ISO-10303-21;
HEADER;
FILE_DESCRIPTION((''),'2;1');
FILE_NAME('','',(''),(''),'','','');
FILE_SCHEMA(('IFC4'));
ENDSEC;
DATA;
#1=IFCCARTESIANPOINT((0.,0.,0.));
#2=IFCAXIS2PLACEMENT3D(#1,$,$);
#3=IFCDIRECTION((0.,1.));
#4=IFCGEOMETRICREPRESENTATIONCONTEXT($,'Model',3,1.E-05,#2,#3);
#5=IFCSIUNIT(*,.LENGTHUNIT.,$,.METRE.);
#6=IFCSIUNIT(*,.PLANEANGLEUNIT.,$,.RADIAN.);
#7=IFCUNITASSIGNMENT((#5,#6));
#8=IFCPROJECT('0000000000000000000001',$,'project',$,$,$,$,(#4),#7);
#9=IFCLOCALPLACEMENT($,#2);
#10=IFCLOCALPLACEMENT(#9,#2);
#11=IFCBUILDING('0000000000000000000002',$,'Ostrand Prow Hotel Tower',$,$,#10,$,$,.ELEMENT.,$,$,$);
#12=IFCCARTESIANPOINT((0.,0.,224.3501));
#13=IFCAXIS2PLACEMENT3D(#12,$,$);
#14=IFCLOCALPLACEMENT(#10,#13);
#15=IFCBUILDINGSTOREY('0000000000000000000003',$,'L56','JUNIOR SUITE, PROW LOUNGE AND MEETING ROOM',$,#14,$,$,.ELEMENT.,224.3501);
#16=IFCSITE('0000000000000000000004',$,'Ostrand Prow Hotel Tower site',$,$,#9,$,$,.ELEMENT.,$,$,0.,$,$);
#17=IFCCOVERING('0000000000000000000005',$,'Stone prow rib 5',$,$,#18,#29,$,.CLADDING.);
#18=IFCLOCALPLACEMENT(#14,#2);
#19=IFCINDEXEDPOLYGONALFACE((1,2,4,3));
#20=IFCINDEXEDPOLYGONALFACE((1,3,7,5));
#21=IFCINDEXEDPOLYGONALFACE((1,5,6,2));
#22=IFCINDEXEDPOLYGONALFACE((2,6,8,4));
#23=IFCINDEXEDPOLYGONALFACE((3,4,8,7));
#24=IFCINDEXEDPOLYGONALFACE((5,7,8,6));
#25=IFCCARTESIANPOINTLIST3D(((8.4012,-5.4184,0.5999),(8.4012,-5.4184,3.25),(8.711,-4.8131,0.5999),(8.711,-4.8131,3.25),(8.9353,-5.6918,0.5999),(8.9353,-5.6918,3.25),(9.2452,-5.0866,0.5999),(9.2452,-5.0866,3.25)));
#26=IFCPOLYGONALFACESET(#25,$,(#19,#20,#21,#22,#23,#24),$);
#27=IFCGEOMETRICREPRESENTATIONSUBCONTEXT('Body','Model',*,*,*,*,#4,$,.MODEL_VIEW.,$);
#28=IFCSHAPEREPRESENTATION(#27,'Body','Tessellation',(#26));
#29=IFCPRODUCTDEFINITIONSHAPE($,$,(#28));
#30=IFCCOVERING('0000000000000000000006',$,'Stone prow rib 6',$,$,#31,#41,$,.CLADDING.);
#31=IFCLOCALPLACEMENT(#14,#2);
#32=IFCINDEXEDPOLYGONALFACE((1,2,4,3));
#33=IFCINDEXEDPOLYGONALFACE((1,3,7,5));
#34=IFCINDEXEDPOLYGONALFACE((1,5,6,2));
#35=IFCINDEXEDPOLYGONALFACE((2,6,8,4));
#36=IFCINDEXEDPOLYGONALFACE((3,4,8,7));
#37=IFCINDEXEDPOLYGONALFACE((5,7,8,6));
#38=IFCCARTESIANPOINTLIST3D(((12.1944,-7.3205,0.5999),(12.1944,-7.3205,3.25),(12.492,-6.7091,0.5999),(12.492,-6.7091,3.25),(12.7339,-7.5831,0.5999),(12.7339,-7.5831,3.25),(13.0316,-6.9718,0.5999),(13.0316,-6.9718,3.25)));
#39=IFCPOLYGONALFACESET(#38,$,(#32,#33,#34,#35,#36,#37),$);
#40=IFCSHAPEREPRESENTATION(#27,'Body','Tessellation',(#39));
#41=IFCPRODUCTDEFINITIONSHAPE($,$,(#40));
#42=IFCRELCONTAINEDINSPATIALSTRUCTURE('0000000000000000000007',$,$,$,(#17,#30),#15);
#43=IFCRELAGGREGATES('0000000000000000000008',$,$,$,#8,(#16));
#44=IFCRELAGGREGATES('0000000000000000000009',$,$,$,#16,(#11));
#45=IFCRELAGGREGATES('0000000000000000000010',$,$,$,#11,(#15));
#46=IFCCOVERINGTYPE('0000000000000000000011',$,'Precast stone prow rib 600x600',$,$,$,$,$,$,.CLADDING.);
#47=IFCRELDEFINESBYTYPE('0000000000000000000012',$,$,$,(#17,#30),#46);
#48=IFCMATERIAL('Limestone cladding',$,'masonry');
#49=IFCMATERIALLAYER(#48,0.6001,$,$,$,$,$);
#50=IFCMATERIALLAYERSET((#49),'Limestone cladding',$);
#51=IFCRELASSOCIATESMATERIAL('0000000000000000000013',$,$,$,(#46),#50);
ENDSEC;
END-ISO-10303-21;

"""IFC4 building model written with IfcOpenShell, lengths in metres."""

from ifc_helpers import new_model, si_unit, direction, frame, frame_2d, origin, place, context, subcontext, project, spatial, rectangle, extrude, material, layer, layer_set, type_object, element, save


model = new_model("IFC4")

# Units and contexts
model_context = context("Model", 3, precision=1e-05, world=origin(), true_north=direction((0.0, 1.0)))
body_context = subcontext(model_context, "Body", "Model", "MODEL_VIEW")
ifc_project = project(units=[si_unit("LENGTHUNIT", "METRE"), si_unit("PLANEANGLEUNIT", "RADIAN")], contexts=[model_context])

# Site, building, storey
site_placement = place(None, origin())
site = spatial("IfcSite", under=ifc_project, at=site_placement, Name="Ostrand Prow Hotel Tower site", CompositionType="ELEMENT", RefElevation=0.0)
building_placement = place(site_placement, origin())
building = spatial("IfcBuilding", under=site, at=building_placement, Name="Ostrand Prow Hotel Tower", CompositionType="ELEMENT")
storey_placement = place(building_placement, frame((0.0, 0.0, 224.3501)))
storey = spatial("IfcBuildingStorey", under=building, at=storey_placement, Name="L56", Description="JUNIOR SUITE, PROW LOUNGE AND MEETING ROOM", CompositionType="ELEMENT", Elevation=224.3501)

# Coverings
ifc_material_1 = material(Name="Limestone cladding", Category="masonry")
ifc_layer_1 = layer(ifc_material_1, 0.6001)
ifc_layer_set_1 = layer_set([ifc_layer_1], Name="Limestone cladding")
covering_type_1 = type_object("IfcCoveringType", Name="Precast stone prow rib 600x600", PredefinedType="CLADDING", material=ifc_layer_set_1)
for number, where, z_axis, x_axis, name in (
    (1, (8.978, -4.95, 0.5999), (0.0, 0.0, 1.0), (-0.455668, -0.89015, 0.0), "Stone prow rib 5"),
    (2, (12.7617, -6.8406, 0.5999), (0.0, 0.0, 1.0), (-0.437709, -0.899117, 0.0), "Stone prow rib 6"),
):
    element("IfcCovering", number, at=place(storey_placement, frame(where, z_axis=z_axis, x_axis=x_axis)), inside=storey, type_object=covering_type_1, Name=name, PredefinedType="CLADDING", context=body_context, shape_type="SweptSolid", body=[
        extrude(rectangle(XDim=0.6799, YDim=0.6001, at=frame_2d((0.3398, 0.0))), origin(), (0.0, 0.0, 1.0), 2.6501),
    ])

save(model, "model.ifc")
